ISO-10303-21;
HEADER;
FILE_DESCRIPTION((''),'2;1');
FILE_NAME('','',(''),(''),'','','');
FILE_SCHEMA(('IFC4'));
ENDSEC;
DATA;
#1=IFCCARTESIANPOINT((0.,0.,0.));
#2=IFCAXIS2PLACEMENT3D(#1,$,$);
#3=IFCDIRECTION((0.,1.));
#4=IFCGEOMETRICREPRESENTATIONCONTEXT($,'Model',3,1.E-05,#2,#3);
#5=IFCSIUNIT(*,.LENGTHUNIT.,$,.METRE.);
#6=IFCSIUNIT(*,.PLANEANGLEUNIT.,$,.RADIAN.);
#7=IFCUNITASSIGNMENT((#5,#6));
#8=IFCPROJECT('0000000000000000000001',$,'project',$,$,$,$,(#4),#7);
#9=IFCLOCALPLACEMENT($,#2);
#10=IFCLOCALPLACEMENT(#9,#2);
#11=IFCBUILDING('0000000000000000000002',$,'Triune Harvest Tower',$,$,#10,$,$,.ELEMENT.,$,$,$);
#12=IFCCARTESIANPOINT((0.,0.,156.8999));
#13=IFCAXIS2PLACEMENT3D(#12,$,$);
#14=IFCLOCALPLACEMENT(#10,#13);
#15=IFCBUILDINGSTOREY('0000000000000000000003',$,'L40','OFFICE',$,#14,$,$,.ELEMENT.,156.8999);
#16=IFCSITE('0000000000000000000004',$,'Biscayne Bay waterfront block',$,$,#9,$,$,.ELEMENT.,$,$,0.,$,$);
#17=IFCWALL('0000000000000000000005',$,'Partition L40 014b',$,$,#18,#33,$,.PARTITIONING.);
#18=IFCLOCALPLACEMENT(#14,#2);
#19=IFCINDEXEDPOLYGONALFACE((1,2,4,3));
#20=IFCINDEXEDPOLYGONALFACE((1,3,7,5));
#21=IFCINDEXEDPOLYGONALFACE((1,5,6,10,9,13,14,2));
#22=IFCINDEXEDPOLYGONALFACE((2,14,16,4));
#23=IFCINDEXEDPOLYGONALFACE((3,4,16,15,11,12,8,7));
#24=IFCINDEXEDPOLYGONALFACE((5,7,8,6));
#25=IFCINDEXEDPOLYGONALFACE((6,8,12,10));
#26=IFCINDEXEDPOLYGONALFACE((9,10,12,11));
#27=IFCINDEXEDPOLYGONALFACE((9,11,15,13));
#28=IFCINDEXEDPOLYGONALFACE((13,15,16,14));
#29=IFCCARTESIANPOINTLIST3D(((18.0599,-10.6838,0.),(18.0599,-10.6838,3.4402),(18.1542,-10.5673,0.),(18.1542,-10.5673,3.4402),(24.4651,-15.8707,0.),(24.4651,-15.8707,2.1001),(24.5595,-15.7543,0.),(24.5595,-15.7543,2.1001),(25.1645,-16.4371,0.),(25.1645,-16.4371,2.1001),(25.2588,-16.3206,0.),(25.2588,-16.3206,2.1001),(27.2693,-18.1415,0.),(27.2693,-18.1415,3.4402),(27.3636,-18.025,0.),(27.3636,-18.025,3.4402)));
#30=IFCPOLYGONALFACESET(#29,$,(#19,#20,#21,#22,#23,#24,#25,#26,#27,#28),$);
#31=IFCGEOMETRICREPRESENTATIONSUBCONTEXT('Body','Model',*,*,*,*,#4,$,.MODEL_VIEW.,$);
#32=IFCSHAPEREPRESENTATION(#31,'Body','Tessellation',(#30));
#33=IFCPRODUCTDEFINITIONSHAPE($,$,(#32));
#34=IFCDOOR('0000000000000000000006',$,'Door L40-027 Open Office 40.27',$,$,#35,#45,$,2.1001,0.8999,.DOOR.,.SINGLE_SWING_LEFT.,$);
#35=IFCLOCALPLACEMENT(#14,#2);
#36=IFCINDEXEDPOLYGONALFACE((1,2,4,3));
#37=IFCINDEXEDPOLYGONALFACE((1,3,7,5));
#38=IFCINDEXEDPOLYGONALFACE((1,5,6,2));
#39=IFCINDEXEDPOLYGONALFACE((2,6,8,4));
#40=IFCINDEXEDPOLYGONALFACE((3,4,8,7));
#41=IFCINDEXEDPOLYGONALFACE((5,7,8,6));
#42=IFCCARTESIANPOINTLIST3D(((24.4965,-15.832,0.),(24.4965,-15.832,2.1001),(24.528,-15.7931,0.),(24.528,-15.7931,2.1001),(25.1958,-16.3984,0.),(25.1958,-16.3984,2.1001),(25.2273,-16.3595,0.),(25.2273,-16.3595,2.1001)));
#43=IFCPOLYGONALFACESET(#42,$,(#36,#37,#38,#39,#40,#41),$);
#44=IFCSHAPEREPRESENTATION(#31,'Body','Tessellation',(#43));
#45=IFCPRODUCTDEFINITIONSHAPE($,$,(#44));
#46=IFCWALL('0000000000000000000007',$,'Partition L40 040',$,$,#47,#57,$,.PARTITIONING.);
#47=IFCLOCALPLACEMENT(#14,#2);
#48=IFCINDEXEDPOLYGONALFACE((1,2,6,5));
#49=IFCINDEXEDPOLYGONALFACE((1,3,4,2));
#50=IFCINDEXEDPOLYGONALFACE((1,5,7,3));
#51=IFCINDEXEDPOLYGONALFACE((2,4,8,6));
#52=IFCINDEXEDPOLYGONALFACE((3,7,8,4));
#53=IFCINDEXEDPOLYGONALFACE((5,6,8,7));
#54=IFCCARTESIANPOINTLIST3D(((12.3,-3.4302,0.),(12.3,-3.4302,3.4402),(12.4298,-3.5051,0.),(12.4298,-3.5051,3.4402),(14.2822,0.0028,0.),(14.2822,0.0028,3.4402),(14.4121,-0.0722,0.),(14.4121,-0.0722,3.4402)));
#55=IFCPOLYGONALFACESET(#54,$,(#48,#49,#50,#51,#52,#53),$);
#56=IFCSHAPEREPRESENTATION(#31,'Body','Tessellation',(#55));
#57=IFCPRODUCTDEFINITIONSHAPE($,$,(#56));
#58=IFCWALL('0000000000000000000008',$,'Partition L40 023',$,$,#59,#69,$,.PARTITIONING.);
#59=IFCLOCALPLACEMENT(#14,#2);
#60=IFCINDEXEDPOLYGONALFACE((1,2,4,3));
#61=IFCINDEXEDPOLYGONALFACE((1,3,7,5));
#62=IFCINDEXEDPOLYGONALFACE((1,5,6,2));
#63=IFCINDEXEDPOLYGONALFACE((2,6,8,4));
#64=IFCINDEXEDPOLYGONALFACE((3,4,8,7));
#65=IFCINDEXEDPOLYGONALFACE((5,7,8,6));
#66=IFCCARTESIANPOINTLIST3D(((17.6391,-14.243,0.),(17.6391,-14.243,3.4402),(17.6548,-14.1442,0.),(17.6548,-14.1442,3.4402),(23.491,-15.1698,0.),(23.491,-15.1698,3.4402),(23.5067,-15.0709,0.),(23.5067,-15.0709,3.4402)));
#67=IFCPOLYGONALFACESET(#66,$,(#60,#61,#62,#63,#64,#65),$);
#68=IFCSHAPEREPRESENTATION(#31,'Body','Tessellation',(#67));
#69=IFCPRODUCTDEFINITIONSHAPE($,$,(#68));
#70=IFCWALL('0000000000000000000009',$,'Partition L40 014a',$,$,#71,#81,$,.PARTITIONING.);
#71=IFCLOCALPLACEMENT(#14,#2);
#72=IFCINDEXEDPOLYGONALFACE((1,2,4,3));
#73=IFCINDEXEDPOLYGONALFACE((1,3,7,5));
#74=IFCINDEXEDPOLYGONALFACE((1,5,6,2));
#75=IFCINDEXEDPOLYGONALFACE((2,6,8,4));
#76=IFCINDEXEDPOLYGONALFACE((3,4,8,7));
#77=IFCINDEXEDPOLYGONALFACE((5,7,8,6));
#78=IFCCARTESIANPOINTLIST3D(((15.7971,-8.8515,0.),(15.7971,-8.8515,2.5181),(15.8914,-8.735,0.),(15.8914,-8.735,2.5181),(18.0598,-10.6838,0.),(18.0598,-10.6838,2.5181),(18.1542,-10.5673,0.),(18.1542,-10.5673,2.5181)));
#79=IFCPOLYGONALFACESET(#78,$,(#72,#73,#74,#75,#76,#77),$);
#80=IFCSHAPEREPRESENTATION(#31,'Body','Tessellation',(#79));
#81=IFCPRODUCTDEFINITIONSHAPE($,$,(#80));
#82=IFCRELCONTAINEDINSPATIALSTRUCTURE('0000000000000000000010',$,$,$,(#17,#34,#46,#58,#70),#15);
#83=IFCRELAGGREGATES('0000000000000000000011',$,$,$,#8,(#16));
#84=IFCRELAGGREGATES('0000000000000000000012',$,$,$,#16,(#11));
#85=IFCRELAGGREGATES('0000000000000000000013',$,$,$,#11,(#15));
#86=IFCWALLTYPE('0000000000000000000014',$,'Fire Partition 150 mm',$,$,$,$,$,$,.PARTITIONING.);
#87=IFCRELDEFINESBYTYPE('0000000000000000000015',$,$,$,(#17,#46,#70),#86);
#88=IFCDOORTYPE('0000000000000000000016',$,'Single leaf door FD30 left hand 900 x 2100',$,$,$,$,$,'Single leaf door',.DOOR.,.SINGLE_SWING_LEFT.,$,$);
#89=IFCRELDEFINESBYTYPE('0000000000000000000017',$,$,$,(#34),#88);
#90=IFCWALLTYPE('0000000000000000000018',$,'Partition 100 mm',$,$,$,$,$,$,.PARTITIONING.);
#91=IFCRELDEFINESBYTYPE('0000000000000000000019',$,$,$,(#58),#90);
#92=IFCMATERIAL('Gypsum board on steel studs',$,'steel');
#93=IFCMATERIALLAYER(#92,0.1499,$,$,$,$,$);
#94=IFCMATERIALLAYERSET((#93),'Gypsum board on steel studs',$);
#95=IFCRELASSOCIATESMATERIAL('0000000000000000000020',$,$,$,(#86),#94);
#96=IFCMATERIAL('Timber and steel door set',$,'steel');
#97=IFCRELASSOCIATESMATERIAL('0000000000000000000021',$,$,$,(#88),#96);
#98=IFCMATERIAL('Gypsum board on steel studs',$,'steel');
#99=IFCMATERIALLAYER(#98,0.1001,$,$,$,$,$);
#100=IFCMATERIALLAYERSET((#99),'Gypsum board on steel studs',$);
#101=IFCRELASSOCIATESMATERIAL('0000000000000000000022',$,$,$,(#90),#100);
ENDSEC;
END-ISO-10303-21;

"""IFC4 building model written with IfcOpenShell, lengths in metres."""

from ifc_helpers import new_model, si_unit, direction, frame, frame_2d, origin, place, context, subcontext, project, spatial, rectangle, extrude, source, transform, mapped, material, layer, layer_set, type_object, element, fill, save


model = new_model("IFC4")

# Units and contexts
model_context = context("Model", 3, precision=1e-05, world=origin(), true_north=direction((0.0, 1.0)))
body_context = subcontext(model_context, "Body", "Model", "MODEL_VIEW")
ifc_project = project(units=[si_unit("LENGTHUNIT", "METRE"), si_unit("PLANEANGLEUNIT", "RADIAN")], contexts=[model_context])

# Site, building, storey
site_placement = place(None, origin())
site = spatial("IfcSite", under=ifc_project, at=site_placement, Name="Biscayne Bay waterfront block", CompositionType="ELEMENT", RefElevation=0.0)
building_placement = place(site_placement, origin())
building = spatial("IfcBuilding", under=site, at=building_placement, Name="Triune Harvest Tower", CompositionType="ELEMENT")
storey_placement = place(building_placement, frame((0.0, 0.0, 156.8999)))
storey = spatial("IfcBuildingStorey", under=building, at=storey_placement, Name="L40", Description="OFFICE", CompositionType="ELEMENT", Elevation=156.8999)

# Wall, opening, door
ifc_material_1 = material(Name="Gypsum board on steel studs", Category="steel")
ifc_layer_1 = layer(ifc_material_1, 0.1499)
ifc_layer_set_1 = layer_set([ifc_layer_1], Name="Gypsum board on steel studs")
wall_type_1 = type_object("IfcWallType", Name="Fire Partition 150 mm", PredefinedType="PARTITIONING", material=ifc_layer_set_1)
wall_1_placement = place(storey_placement, frame((18.1069, -10.6255, 0.0), z_axis=(0.0, 0.0, 1.0), x_axis=(0.777143, -0.629324, 0.0)))
wall_1 = element("IfcWall", 1, at=wall_1_placement, inside=storey, type_object=wall_type_1, Name="Partition L40 014b", PredefinedType="PARTITIONING", context=body_context, shape_type="SweptSolid", body=[
    extrude(rectangle(XDim=11.8503, YDim=0.1499, at=frame_2d((5.9253, 0.0))), origin(), (0.0, 0.0, 1.0), 3.4402),
])
opening_placement = place(wall_1_placement, frame((8.2422, 0.0, 0.0)))
opening = element("IfcOpeningElement", 2, at=opening_placement, cuts=wall_1, PredefinedType="OPENING", context=body_context, shape_type="SweptSolid", body=[
    extrude(rectangle(XDim=0.8999, YDim=2.1001, at=frame_2d((0.45, 1.05))), frame((0.0, 0.085, 0.0), z_axis=(0.0, -1.0, 0.0), x_axis=(1.0, 0.0, 0.0)), (0.0, 0.0, 1.0), 0.1699),
])
ifc_material_2 = material(Name="Timber and steel door set", Category="steel")
door_type = type_object("IfcDoorType", Name="Single leaf door FD30 left hand 900 x 2100", ElementType="Single leaf door", OperationType="SINGLE_SWING_LEFT", PredefinedType="DOOR", material=ifc_material_2)
door_placement = place(opening_placement, origin())
door = element("IfcDoor", 3, at=door_placement, inside=storey, type_object=door_type, Name="Door L40-027 Open Office 40.27", OperationType="SINGLE_SWING_LEFT", OverallHeight=2.1001, OverallWidth=0.8999, PredefinedType="DOOR", context=body_context, shape_type="SweptSolid", body=[
    extrude(rectangle(XDim=0.8999, YDim=2.1001, at=frame_2d((0.45, 1.05))), frame((0.0, 0.0249, 0.0), z_axis=(0.0, -1.0, 0.0), x_axis=(1.0, 0.0, 0.0)), (0.0, 0.0, 1.0), 0.05),
])
fill(opening, door)

# Walls
wall_2_placement = place(storey_placement, frame((12.365, -3.4675, 0.0), z_axis=(0.0, 0.0, 1.0), x_axis=(0.500041, 0.866002, 0.0)))
element("IfcWall", 4, at=wall_2_placement, inside=storey, type_object=wall_type_1, Name="Partition L40 040", PredefinedType="PARTITIONING", context=body_context, shape_type="SweptSolid", body=[
    extrude(rectangle(XDim=3.9641, YDim=0.1499, at=frame_2d((1.9819, 0.0))), origin(), (0.0, 0.0, 1.0), 3.4402),
])
ifc_material_3 = material(Name="Gypsum board on steel studs", Category="steel")
ifc_layer_2 = layer(ifc_material_3, 0.1001)
ifc_layer_set_2 = layer_set([ifc_layer_2], Name="Gypsum board on steel studs")
wall_type_2 = type_object("IfcWallType", Name="Partition 100 mm", PredefinedType="PARTITIONING", material=ifc_layer_set_2)
wall_3_placement = place(storey_placement, frame((17.647, -14.1936, 0.0), z_axis=(0.0, 0.0, 1.0), x_axis=(0.98769, -0.156422, 0.0)))
element("IfcWall", 5, at=wall_3_placement, inside=storey, type_object=wall_type_2, Name="Partition L40 023", PredefinedType="PARTITIONING", context=body_context, shape_type="SweptSolid", body=[
    extrude(rectangle(XDim=5.9248, YDim=0.1001, at=frame_2d((2.9624, 0.0))), origin(), (0.0, 0.0, 1.0), 3.4402),
])
shared_shape_1 = source(origin(), body_context, "Body", "SweptSolid", [
    extrude(rectangle(XDim=2.9116, YDim=0.1499, at=frame_2d((1.4558, 0.0))), origin(), (0.0, 0.0, 1.0), 2.5181),
])
wall_4_placement = place(storey_placement, frame((15.8442, -8.7932, 0.0), z_axis=(0.0, 0.0, 1.0), x_axis=(0.777149, -0.629316, 0.0)))
element("IfcWall", 6, at=wall_4_placement, inside=storey, type_object=wall_type_1, Name="Partition L40 014a", PredefinedType="PARTITIONING", context=body_context, shape_type="MappedRepresentation", body=[
    mapped(shared_shape_1, transform((0.0, 0.0, 0.0), scale=1.0)),
])

save(model, "model.ifc")
